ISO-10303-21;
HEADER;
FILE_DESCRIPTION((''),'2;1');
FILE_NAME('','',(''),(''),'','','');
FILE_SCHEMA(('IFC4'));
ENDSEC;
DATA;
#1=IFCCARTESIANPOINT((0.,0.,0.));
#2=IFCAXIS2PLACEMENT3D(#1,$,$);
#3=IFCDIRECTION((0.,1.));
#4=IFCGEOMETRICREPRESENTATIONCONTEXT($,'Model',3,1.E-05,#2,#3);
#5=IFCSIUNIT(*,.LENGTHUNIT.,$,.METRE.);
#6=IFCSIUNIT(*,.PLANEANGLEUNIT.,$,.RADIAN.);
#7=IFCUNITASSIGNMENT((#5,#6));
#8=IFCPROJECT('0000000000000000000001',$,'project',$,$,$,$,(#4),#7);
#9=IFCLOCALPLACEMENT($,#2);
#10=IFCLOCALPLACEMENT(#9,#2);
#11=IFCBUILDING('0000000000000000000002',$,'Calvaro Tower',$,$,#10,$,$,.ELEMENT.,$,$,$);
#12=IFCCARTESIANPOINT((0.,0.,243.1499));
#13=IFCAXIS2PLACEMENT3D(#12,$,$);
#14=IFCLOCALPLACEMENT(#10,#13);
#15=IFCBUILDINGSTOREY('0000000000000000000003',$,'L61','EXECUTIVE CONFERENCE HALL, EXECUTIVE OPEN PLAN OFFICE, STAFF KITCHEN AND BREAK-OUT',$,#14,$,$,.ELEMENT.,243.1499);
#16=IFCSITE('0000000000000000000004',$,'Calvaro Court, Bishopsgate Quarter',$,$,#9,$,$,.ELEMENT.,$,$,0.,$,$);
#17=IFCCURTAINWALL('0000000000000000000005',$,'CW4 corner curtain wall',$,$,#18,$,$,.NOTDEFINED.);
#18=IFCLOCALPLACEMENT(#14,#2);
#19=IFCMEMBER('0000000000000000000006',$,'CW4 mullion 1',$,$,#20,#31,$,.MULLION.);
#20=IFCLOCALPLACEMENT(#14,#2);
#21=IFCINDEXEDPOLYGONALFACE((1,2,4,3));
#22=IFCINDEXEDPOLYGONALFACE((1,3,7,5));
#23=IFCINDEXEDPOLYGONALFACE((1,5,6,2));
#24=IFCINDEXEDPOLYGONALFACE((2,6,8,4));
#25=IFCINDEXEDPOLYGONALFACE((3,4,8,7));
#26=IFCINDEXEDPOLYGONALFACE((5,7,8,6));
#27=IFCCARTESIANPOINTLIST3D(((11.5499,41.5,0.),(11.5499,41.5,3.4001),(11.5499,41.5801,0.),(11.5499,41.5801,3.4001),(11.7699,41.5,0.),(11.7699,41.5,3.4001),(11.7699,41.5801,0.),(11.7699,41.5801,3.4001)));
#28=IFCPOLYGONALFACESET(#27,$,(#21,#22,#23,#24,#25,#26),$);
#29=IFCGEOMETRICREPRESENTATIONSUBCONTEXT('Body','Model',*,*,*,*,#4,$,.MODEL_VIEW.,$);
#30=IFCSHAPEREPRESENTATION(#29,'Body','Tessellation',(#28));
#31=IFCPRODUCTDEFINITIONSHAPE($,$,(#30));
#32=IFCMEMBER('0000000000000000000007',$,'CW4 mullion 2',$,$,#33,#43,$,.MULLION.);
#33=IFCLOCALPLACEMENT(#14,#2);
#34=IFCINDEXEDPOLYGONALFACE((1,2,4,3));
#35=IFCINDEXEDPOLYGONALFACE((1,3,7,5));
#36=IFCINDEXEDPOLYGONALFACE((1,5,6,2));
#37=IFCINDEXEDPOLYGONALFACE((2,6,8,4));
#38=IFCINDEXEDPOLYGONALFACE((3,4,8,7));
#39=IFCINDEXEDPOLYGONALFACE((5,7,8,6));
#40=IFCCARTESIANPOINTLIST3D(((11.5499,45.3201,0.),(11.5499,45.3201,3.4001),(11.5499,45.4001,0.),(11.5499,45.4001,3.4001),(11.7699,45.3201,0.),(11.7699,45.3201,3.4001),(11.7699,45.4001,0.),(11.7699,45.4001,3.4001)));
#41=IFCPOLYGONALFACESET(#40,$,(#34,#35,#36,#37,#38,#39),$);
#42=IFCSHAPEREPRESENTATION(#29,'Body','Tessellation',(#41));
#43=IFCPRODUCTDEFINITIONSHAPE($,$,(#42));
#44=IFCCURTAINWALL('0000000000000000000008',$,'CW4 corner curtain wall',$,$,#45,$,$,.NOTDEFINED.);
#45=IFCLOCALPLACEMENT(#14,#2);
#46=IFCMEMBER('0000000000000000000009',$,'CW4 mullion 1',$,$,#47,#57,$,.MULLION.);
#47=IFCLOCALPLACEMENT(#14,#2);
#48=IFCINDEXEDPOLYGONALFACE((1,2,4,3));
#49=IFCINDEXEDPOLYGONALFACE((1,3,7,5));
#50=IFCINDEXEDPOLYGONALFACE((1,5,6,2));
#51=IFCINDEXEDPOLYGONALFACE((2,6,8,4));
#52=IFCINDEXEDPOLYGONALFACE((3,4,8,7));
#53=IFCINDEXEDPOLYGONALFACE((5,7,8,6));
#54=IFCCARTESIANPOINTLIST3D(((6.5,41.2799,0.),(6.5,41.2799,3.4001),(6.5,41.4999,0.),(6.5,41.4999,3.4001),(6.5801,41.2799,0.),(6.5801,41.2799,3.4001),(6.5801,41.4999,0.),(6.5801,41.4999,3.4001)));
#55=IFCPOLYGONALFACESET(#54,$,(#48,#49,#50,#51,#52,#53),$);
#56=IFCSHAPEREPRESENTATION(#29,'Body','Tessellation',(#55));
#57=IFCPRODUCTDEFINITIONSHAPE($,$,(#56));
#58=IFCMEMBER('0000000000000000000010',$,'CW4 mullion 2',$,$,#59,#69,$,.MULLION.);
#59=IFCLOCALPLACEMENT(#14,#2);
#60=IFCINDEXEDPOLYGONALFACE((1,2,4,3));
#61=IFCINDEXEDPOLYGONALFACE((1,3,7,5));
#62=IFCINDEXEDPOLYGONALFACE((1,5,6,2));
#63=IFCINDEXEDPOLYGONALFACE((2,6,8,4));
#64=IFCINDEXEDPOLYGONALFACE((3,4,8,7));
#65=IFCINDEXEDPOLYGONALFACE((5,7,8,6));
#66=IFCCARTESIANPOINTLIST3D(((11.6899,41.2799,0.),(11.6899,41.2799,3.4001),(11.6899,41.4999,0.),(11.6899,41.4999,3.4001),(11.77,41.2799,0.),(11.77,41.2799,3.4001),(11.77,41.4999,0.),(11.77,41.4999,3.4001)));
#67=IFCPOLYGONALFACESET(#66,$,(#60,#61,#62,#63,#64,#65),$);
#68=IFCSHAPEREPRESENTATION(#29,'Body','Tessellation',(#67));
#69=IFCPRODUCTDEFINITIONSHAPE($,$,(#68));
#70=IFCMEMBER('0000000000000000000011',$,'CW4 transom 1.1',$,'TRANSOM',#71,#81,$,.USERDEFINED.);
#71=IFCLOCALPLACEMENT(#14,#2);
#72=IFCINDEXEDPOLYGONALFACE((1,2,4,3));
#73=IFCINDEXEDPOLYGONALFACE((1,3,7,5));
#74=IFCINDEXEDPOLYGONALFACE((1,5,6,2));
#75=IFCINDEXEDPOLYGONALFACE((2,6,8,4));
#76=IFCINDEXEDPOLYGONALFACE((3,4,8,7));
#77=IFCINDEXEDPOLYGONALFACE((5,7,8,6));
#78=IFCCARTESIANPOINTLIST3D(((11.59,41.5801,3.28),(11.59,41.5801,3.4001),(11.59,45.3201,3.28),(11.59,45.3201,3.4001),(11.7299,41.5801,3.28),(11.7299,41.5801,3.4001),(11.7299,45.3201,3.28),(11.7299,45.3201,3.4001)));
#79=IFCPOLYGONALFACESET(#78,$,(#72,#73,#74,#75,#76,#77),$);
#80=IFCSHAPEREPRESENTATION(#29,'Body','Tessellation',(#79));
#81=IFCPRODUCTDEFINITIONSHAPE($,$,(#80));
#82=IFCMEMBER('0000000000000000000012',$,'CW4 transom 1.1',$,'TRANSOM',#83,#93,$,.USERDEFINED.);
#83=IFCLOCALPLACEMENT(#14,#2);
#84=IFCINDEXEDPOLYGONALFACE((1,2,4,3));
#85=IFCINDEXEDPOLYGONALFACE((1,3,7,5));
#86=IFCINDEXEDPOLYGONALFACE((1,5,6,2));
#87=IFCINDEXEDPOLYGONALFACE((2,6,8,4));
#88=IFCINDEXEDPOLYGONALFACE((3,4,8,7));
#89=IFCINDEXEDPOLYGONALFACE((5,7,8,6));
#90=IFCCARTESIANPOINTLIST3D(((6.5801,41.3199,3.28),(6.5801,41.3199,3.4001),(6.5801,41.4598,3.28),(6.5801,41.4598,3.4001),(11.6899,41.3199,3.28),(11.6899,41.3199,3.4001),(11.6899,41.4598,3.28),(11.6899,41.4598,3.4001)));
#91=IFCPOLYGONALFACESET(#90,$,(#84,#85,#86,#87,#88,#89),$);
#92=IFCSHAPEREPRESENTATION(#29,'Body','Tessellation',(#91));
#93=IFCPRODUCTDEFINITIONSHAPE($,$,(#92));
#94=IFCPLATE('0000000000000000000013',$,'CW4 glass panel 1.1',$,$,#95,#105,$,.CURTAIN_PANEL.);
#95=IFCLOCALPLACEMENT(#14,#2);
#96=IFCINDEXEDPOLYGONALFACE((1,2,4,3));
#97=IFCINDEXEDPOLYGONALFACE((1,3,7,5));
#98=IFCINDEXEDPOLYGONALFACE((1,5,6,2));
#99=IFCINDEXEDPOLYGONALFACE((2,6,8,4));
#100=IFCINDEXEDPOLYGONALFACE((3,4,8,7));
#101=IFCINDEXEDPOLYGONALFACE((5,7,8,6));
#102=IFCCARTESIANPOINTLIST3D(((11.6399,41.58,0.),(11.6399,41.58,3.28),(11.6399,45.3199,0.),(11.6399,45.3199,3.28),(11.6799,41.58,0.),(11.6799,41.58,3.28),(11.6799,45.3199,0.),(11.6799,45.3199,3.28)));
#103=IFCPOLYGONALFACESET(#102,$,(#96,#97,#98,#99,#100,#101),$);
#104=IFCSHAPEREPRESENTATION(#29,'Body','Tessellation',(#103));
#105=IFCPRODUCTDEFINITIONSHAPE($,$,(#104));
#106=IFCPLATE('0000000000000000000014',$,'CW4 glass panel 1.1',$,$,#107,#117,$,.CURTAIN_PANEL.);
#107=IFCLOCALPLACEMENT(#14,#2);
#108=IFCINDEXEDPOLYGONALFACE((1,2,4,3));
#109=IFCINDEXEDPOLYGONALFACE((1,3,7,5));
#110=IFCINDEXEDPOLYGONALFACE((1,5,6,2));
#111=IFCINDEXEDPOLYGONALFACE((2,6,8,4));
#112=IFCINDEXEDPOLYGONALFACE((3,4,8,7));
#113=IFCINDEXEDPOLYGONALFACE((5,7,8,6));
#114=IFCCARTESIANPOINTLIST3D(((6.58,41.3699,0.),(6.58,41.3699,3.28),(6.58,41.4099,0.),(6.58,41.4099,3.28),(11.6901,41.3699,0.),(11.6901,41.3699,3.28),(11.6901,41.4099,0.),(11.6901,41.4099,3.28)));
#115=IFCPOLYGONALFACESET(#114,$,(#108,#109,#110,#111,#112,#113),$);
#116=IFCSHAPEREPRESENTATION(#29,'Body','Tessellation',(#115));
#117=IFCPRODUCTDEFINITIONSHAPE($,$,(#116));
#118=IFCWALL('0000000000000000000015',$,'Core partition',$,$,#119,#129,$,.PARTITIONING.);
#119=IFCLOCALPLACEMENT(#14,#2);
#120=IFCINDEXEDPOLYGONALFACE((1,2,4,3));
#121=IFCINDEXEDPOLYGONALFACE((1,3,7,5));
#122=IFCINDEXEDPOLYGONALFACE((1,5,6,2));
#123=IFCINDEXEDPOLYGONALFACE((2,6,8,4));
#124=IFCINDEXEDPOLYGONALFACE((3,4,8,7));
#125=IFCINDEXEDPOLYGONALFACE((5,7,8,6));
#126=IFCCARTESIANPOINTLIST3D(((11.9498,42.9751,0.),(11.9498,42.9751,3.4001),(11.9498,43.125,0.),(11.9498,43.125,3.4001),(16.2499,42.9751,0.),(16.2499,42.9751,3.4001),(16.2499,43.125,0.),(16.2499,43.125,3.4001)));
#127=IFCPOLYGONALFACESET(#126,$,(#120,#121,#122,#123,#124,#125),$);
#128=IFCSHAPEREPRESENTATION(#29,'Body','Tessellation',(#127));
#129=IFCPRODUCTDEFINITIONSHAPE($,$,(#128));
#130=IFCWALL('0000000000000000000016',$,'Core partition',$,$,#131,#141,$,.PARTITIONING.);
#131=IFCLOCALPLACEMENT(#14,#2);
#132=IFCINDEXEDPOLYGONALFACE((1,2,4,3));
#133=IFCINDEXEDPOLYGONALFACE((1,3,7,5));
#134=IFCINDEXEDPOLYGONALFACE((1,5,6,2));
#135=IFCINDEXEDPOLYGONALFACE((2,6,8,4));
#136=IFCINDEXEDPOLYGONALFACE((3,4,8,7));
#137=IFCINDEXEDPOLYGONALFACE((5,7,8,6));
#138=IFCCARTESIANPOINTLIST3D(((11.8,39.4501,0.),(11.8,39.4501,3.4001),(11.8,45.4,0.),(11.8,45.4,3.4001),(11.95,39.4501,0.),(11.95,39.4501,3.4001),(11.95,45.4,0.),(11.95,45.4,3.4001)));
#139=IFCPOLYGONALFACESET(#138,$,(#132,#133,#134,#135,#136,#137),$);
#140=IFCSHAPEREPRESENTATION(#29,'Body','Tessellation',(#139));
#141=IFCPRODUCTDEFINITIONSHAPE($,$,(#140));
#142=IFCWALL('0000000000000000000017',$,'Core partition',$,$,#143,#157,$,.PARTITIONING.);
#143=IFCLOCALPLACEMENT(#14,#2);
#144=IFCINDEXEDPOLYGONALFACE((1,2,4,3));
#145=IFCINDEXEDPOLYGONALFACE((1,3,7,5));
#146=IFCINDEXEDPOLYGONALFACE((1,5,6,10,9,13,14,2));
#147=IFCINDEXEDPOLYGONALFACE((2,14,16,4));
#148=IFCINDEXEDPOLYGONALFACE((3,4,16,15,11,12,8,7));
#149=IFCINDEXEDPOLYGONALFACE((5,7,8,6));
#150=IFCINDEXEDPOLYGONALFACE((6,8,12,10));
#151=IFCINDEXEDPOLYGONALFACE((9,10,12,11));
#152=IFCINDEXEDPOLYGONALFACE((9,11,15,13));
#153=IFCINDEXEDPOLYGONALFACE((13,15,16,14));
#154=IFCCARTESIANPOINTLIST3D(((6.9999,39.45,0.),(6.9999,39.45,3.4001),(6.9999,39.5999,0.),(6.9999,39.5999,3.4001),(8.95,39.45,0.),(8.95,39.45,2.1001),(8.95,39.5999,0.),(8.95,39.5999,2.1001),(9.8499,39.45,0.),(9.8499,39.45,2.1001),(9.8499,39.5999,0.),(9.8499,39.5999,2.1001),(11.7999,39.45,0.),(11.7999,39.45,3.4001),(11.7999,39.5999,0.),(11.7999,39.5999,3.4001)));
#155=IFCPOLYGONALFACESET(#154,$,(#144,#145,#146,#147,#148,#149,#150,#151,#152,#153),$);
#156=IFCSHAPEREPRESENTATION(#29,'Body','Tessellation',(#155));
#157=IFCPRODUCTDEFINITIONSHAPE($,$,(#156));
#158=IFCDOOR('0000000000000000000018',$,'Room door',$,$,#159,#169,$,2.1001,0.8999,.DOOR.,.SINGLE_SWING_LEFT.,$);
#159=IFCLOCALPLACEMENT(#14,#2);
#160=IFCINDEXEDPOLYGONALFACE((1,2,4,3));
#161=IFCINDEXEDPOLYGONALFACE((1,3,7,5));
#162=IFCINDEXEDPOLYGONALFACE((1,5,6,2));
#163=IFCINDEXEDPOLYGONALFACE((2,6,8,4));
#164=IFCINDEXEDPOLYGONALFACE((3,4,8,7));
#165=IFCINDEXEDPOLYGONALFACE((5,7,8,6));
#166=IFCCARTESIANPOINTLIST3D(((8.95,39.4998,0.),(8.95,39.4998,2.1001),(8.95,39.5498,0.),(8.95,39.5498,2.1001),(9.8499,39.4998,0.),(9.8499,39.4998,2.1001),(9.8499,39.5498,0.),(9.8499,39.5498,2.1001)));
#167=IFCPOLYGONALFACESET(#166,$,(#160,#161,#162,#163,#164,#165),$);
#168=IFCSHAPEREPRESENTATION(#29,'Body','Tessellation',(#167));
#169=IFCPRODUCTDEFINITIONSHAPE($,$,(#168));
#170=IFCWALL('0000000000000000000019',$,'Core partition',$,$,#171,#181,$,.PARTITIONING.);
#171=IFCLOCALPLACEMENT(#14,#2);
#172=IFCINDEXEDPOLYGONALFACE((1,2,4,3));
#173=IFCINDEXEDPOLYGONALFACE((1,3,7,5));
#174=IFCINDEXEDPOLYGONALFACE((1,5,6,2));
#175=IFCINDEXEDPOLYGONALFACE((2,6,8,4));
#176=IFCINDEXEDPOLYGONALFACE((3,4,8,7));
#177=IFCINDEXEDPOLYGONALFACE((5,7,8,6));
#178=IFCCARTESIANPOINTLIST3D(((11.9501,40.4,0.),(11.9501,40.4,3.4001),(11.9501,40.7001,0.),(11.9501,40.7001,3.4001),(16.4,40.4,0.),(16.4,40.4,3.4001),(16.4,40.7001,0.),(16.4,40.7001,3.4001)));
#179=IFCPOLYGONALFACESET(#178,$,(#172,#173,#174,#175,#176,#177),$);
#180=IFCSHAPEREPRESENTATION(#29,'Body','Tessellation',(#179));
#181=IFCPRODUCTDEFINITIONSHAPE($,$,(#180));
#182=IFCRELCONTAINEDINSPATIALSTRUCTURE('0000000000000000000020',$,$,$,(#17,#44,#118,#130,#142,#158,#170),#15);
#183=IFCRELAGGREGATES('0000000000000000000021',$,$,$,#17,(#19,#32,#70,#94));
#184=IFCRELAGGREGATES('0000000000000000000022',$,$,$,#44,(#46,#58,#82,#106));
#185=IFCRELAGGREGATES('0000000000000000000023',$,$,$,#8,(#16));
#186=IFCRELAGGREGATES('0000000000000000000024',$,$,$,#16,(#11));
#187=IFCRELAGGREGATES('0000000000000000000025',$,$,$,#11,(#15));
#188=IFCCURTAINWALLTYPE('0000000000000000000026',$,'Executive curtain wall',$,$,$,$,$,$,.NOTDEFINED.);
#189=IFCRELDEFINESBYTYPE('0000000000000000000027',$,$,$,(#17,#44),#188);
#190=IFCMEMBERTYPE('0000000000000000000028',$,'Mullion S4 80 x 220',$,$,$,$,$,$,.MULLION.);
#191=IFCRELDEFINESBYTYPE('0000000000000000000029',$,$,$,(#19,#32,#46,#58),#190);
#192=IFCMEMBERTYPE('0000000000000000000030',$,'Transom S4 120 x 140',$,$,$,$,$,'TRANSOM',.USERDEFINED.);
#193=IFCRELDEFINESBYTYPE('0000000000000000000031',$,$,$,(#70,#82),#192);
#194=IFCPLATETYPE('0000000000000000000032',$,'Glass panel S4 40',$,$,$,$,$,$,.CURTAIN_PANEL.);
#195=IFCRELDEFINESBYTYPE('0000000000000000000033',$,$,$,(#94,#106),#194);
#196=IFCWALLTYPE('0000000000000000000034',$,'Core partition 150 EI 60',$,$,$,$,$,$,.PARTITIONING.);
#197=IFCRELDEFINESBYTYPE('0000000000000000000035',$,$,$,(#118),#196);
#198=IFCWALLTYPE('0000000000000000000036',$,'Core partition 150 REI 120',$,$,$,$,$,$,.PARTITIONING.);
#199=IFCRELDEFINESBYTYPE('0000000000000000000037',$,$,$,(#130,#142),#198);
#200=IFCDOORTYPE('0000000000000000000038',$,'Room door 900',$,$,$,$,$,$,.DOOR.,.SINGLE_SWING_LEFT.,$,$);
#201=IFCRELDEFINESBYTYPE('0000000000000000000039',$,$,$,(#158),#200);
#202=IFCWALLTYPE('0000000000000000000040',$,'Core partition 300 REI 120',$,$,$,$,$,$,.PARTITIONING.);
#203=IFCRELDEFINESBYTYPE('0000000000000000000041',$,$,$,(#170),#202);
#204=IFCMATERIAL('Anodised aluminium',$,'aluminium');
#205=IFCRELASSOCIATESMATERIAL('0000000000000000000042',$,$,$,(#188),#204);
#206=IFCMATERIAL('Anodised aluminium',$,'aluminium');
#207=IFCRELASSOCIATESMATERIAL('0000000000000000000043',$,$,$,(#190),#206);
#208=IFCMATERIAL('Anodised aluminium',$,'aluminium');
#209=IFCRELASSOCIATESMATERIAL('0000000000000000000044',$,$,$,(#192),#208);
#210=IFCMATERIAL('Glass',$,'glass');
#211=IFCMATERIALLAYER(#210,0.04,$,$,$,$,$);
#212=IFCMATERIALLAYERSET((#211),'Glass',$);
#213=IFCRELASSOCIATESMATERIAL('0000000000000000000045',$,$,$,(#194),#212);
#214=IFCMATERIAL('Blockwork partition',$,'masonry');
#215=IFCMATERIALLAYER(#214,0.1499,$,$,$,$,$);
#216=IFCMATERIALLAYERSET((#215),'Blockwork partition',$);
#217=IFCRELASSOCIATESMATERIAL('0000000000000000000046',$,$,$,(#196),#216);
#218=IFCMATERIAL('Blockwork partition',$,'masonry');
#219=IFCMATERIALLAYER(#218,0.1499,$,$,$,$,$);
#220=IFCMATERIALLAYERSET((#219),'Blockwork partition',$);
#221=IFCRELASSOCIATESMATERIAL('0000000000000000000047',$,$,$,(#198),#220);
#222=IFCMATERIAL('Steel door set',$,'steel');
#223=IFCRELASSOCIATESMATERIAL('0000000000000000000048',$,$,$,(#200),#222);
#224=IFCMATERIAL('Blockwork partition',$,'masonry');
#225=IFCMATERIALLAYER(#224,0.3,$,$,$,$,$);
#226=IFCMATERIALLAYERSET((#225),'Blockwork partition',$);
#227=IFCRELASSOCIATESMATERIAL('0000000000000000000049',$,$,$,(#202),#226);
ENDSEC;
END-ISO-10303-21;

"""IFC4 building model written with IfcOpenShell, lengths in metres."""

from ifc_helpers import new_model, si_unit, direction, frame, frame_2d, origin, origin_2d, place, context, subcontext, project, spatial, rectangle, extrude, material, layer, layer_set, material_profile, profile_set, type_object, element, fill, aggregate, save


model = new_model("IFC4")

# Units and contexts
model_context = context("Model", 3, precision=1e-05, world=origin(), true_north=direction((0.0, 1.0)))
body_context = subcontext(model_context, "Body", "Model", "MODEL_VIEW")
ifc_project = project(units=[si_unit("LENGTHUNIT", "METRE"), si_unit("PLANEANGLEUNIT", "RADIAN")], contexts=[model_context])

# Site, building, storey
site_placement = place(None, origin())
site = spatial("IfcSite", under=ifc_project, at=site_placement, Name="Calvaro Court, Bishopsgate Quarter", CompositionType="ELEMENT", RefElevation=0.0)
building_placement = place(site_placement, origin())
building = spatial("IfcBuilding", under=site, at=building_placement, Name="Calvaro Tower", CompositionType="ELEMENT")
storey_placement = place(building_placement, frame((0.0, 0.0, 243.1499)))
storey = spatial("IfcBuildingStorey", under=building, at=storey_placement, Name="L61", Description="EXECUTIVE CONFERENCE HALL, EXECUTIVE OPEN PLAN OFFICE, STAFF KITCHEN AND BREAK-OUT", CompositionType="ELEMENT", Elevation=243.1499)

# Curtain walls, members
ifc_material_1 = material(Name="Anodised aluminium", Category="aluminium")
curtain_wall_type = type_object("IfcCurtainWallType", Name="Executive curtain wall", PredefinedType="NOTDEFINED", material=ifc_material_1)
curtain_wall_1_placement = place(storey_placement, origin())
curtain_wall_1 = element("IfcCurtainWall", 1, at=curtain_wall_1_placement, inside=storey, type_object=curtain_wall_type, Name="CW4 corner curtain wall", PredefinedType="NOTDEFINED")
ifc_material_2 = material(Name="Anodised aluminium", Category="aluminium")
ifc_material_profile_1 = material_profile(ifc_material_2, rectangle(XDim=0.22, YDim=0.0801, at=origin_2d()), Name="Mullion S4 80 x 220")
ifc_profile_set_1 = profile_set([ifc_material_profile_1], Name="Anodised aluminium")
member_type_1 = type_object("IfcMemberType", Name="Mullion S4 80 x 220", PredefinedType="MULLION", material=ifc_profile_set_1)
member_1_placement = place(storey_placement, frame((11.6599, 41.54, 0.0), z_axis=(0.0, 0.0, 1.0), x_axis=(-1.0, 0.0, 0.0)))
member_1 = element("IfcMember", 2, at=member_1_placement, type_object=member_type_1, Name="CW4 mullion 1", PredefinedType="MULLION", context=body_context, shape_type="SweptSolid", body=[
    extrude(rectangle(XDim=0.22, YDim=0.0801, at=origin_2d()), origin(), (0.0, 0.0, 1.0), 3.4001),
])
member_2_placement = place(storey_placement, frame((11.6599, 45.3601, 0.0), z_axis=(0.0, 0.0, 1.0), x_axis=(-1.0, 0.0, 0.0)))
member_2 = element("IfcMember", 3, at=member_2_placement, type_object=member_type_1, Name="CW4 mullion 2", PredefinedType="MULLION", context=body_context, shape_type="SweptSolid", body=[
    extrude(rectangle(XDim=0.22, YDim=0.0801, at=origin_2d()), origin(), (0.0, 0.0, 1.0), 3.4001),
])
curtain_wall_2_placement = place(storey_placement, origin())
curtain_wall_2 = element("IfcCurtainWall", 4, at=curtain_wall_2_placement, inside=storey, type_object=curtain_wall_type, Name="CW4 corner curtain wall", PredefinedType="NOTDEFINED")
member_3_placement = place(storey_placement, frame((6.54, 41.3899, 0.0), z_axis=(0.0, 0.0, 1.0), x_axis=(0.0, 1.0, 0.0)))
member_3 = element("IfcMember", 5, at=member_3_placement, type_object=member_type_1, Name="CW4 mullion 1", PredefinedType="MULLION", context=body_context, shape_type="SweptSolid", body=[
    extrude(rectangle(XDim=0.22, YDim=0.0801, at=origin_2d()), origin(), (0.0, 0.0, 1.0), 3.4001),
])
member_4_placement = place(storey_placement, frame((11.73, 41.3899, 0.0), z_axis=(0.0, 0.0, 1.0), x_axis=(0.0, 1.0, 0.0)))
member_4 = element("IfcMember", 6, at=member_4_placement, type_object=member_type_1, Name="CW4 mullion 2", PredefinedType="MULLION", context=body_context, shape_type="SweptSolid", body=[
    extrude(rectangle(XDim=0.22, YDim=0.0801, at=origin_2d()), origin(), (0.0, 0.0, 1.0), 3.4001),
])

# Members
ifc_material_3 = material(Name="Anodised aluminium", Category="aluminium")
ifc_material_profile_2 = material_profile(ifc_material_3, rectangle(XDim=0.1399, YDim=0.1201, at=origin_2d()), Name="Transom S4 120 x 140")
ifc_profile_set_2 = profile_set([ifc_material_profile_2], Name="Anodised aluminium")
member_type_2 = type_object("IfcMemberType", Name="Transom S4 120 x 140", ElementType="TRANSOM", PredefinedType="USERDEFINED", material=ifc_profile_set_2)
member_5_placement = place(storey_placement, frame((11.6599, 41.5801, 3.3401), z_axis=(0.0, 1.0, 0.0), x_axis=(-1.0, 0.0, 0.0)))
member_5 = element("IfcMember", 7, at=member_5_placement, type_object=member_type_2, Name="CW4 transom 1.1", ObjectType="TRANSOM", PredefinedType="USERDEFINED", context=body_context, shape_type="SweptSolid", body=[
    extrude(rectangle(XDim=0.1399, YDim=0.1201, at=origin_2d()), origin(), (0.0, 0.0, 1.0), 3.74),
])
member_6_placement = place(storey_placement, frame((6.5801, 41.3899, 3.3401), z_axis=(1.0, 0.0, 0.0), x_axis=(0.0, 1.0, 0.0)))
member_6 = element("IfcMember", 8, at=member_6_placement, type_object=member_type_2, Name="CW4 transom 1.1", ObjectType="TRANSOM", PredefinedType="USERDEFINED", context=body_context, shape_type="SweptSolid", body=[
    extrude(rectangle(XDim=0.1399, YDim=0.1201, at=origin_2d()), origin(), (0.0, 0.0, 1.0), 5.1099),
])

# Plates
ifc_material_4 = material(Name="Glass", Category="glass")
ifc_layer_1 = layer(ifc_material_4, 0.04)
ifc_layer_set_1 = layer_set([ifc_layer_1], Name="Glass")
plate_type = type_object("IfcPlateType", Name="Glass panel S4 40", PredefinedType="CURTAIN_PANEL", material=ifc_layer_set_1)
plate_1_placement = place(storey_placement, frame((11.6599, 43.45, 0.0), z_axis=(0.0, 0.0, 1.0), x_axis=(0.0, 1.0, 0.0)))
plate_1 = element("IfcPlate", 9, at=plate_1_placement, type_object=plate_type, Name="CW4 glass panel 1.1", PredefinedType="CURTAIN_PANEL", context=body_context, shape_type="SweptSolid", body=[
    extrude(rectangle(XDim=3.74, YDim=0.04, at=origin_2d()), origin(), (0.0, 0.0, 1.0), 3.28),
])
aggregate(curtain_wall_1, [member_1, member_2, member_5, plate_1])
plate_2_placement = place(storey_placement, frame((9.135, 41.3899, 0.0), z_axis=(0.0, 0.0, 1.0), x_axis=(1.0, 0.0, 0.0)))
plate_2 = element("IfcPlate", 10, at=plate_2_placement, type_object=plate_type, Name="CW4 glass panel 1.1", PredefinedType="CURTAIN_PANEL", context=body_context, shape_type="SweptSolid", body=[
    extrude(rectangle(XDim=5.1101, YDim=0.04, at=origin_2d()), origin(), (0.0, 0.0, 1.0), 3.28),
])
aggregate(curtain_wall_2, [member_3, member_4, member_6, plate_2])

# Walls
ifc_material_5 = material(Name="Blockwork partition", Category="masonry")
ifc_layer_2 = layer(ifc_material_5, 0.1499)
ifc_layer_set_2 = layer_set([ifc_layer_2], Name="Blockwork partition")
wall_type_1 = type_object("IfcWallType", Name="Core partition 150 EI 60", PredefinedType="PARTITIONING", material=ifc_layer_set_2)
wall_1_placement = place(storey_placement, frame((11.95, 43.05, 0.0), z_axis=(0.0, 0.0, 1.0), x_axis=(1.0, 0.0, 0.0)))
element("IfcWall", 11, at=wall_1_placement, inside=storey, type_object=wall_type_1, Name="Core partition", PredefinedType="PARTITIONING", context=body_context, shape_type="SweptSolid", body=[
    extrude(rectangle(XDim=4.3, YDim=0.1499, at=frame_2d((2.1499, 0.0))), origin(), (0.0, 0.0, 1.0), 3.4001),
])
ifc_material_6 = material(Name="Blockwork partition", Category="masonry")
ifc_layer_3 = layer(ifc_material_6, 0.1499)
ifc_layer_set_3 = layer_set([ifc_layer_3], Name="Blockwork partition")
wall_type_2 = type_object("IfcWallType", Name="Core partition 150 REI 120", PredefinedType="PARTITIONING", material=ifc_layer_set_3)
wall_2_placement = place(storey_placement, frame((11.875, 39.45, 0.0), z_axis=(0.0, 0.0, 1.0), x_axis=(0.0, 1.0, 0.0)))
element("IfcWall", 12, at=wall_2_placement, inside=storey, type_object=wall_type_2, Name="Core partition", PredefinedType="PARTITIONING", context=body_context, shape_type="SweptSolid", body=[
    extrude(rectangle(XDim=5.95, YDim=0.1499, at=frame_2d((2.9751, 0.0))), origin(), (0.0, 0.0, 1.0), 3.4001),
])

# Wall, opening, door
wall_3_placement = place(storey_placement, frame((7.0, 39.5249, 0.0), z_axis=(0.0, 0.0, 1.0), x_axis=(1.0, 0.0, 0.0)))
wall_3 = element("IfcWall", 13, at=wall_3_placement, inside=storey, type_object=wall_type_2, Name="Core partition", PredefinedType="PARTITIONING", context=body_context, shape_type="SweptSolid", body=[
    extrude(rectangle(XDim=4.8, YDim=0.1499, at=frame_2d((2.3999, 0.0))), origin(), (0.0, 0.0, 1.0), 3.4001),
])
opening_1_placement = place(wall_3_placement, frame((1.95, 0.0, 0.0)))
opening_1 = element("IfcOpeningElement", 14, at=opening_1_placement, cuts=wall_3, PredefinedType="OPENING", context=body_context, shape_type="SweptSolid", body=[
    extrude(rectangle(XDim=0.8999, YDim=2.1001, at=frame_2d((0.45, 1.05))), frame((0.0, 0.085, 0.0), z_axis=(0.0, -1.0, 0.0), x_axis=(1.0, 0.0, 0.0)), (0.0, 0.0, 1.0), 0.1699),
])
ifc_material_7 = material(Name="Steel door set", Category="steel")
door_type_1 = type_object("IfcDoorType", Name="Room door 900", OperationType="SINGLE_SWING_LEFT", PredefinedType="DOOR", material=ifc_material_7)
door_1_placement = place(opening_1_placement, origin())
door_1 = element("IfcDoor", 15, at=door_1_placement, inside=storey, type_object=door_type_1, Name="Room door", OperationType="SINGLE_SWING_LEFT", OverallHeight=2.1001, OverallWidth=0.8999, PredefinedType="DOOR", context=body_context, shape_type="SweptSolid", body=[
    extrude(rectangle(XDim=0.8999, YDim=2.1001, at=frame_2d((0.45, 1.05))), frame((0.0, 0.0249, 0.0), z_axis=(0.0, -1.0, 0.0), x_axis=(1.0, 0.0, 0.0)), (0.0, 0.0, 1.0), 0.05),
])
fill(opening_1, door_1)

# Wall
ifc_material_8 = material(Name="Blockwork partition", Category="masonry")
ifc_layer_4 = layer(ifc_material_8, 0.3)
ifc_layer_set_4 = layer_set([ifc_layer_4], Name="Blockwork partition")
wall_type_3 = type_object("IfcWallType", Name="Core partition 300 REI 120", PredefinedType="PARTITIONING", material=ifc_layer_set_4)
wall_4_placement = place(storey_placement, frame((11.95, 40.55, 0.0), z_axis=(0.0, 0.0, 1.0), x_axis=(1.0, 0.0, 0.0)))
element("IfcWall", 16, at=wall_4_placement, inside=storey, type_object=wall_type_3, Name="Core partition", PredefinedType="PARTITIONING", context=body_context, shape_type="SweptSolid", body=[
    extrude(rectangle(XDim=4.45, YDim=0.3, at=frame_2d((2.2251, 0.0))), origin(), (0.0, 0.0, 1.0), 3.4001),
])

save(model, "model.ifc")
